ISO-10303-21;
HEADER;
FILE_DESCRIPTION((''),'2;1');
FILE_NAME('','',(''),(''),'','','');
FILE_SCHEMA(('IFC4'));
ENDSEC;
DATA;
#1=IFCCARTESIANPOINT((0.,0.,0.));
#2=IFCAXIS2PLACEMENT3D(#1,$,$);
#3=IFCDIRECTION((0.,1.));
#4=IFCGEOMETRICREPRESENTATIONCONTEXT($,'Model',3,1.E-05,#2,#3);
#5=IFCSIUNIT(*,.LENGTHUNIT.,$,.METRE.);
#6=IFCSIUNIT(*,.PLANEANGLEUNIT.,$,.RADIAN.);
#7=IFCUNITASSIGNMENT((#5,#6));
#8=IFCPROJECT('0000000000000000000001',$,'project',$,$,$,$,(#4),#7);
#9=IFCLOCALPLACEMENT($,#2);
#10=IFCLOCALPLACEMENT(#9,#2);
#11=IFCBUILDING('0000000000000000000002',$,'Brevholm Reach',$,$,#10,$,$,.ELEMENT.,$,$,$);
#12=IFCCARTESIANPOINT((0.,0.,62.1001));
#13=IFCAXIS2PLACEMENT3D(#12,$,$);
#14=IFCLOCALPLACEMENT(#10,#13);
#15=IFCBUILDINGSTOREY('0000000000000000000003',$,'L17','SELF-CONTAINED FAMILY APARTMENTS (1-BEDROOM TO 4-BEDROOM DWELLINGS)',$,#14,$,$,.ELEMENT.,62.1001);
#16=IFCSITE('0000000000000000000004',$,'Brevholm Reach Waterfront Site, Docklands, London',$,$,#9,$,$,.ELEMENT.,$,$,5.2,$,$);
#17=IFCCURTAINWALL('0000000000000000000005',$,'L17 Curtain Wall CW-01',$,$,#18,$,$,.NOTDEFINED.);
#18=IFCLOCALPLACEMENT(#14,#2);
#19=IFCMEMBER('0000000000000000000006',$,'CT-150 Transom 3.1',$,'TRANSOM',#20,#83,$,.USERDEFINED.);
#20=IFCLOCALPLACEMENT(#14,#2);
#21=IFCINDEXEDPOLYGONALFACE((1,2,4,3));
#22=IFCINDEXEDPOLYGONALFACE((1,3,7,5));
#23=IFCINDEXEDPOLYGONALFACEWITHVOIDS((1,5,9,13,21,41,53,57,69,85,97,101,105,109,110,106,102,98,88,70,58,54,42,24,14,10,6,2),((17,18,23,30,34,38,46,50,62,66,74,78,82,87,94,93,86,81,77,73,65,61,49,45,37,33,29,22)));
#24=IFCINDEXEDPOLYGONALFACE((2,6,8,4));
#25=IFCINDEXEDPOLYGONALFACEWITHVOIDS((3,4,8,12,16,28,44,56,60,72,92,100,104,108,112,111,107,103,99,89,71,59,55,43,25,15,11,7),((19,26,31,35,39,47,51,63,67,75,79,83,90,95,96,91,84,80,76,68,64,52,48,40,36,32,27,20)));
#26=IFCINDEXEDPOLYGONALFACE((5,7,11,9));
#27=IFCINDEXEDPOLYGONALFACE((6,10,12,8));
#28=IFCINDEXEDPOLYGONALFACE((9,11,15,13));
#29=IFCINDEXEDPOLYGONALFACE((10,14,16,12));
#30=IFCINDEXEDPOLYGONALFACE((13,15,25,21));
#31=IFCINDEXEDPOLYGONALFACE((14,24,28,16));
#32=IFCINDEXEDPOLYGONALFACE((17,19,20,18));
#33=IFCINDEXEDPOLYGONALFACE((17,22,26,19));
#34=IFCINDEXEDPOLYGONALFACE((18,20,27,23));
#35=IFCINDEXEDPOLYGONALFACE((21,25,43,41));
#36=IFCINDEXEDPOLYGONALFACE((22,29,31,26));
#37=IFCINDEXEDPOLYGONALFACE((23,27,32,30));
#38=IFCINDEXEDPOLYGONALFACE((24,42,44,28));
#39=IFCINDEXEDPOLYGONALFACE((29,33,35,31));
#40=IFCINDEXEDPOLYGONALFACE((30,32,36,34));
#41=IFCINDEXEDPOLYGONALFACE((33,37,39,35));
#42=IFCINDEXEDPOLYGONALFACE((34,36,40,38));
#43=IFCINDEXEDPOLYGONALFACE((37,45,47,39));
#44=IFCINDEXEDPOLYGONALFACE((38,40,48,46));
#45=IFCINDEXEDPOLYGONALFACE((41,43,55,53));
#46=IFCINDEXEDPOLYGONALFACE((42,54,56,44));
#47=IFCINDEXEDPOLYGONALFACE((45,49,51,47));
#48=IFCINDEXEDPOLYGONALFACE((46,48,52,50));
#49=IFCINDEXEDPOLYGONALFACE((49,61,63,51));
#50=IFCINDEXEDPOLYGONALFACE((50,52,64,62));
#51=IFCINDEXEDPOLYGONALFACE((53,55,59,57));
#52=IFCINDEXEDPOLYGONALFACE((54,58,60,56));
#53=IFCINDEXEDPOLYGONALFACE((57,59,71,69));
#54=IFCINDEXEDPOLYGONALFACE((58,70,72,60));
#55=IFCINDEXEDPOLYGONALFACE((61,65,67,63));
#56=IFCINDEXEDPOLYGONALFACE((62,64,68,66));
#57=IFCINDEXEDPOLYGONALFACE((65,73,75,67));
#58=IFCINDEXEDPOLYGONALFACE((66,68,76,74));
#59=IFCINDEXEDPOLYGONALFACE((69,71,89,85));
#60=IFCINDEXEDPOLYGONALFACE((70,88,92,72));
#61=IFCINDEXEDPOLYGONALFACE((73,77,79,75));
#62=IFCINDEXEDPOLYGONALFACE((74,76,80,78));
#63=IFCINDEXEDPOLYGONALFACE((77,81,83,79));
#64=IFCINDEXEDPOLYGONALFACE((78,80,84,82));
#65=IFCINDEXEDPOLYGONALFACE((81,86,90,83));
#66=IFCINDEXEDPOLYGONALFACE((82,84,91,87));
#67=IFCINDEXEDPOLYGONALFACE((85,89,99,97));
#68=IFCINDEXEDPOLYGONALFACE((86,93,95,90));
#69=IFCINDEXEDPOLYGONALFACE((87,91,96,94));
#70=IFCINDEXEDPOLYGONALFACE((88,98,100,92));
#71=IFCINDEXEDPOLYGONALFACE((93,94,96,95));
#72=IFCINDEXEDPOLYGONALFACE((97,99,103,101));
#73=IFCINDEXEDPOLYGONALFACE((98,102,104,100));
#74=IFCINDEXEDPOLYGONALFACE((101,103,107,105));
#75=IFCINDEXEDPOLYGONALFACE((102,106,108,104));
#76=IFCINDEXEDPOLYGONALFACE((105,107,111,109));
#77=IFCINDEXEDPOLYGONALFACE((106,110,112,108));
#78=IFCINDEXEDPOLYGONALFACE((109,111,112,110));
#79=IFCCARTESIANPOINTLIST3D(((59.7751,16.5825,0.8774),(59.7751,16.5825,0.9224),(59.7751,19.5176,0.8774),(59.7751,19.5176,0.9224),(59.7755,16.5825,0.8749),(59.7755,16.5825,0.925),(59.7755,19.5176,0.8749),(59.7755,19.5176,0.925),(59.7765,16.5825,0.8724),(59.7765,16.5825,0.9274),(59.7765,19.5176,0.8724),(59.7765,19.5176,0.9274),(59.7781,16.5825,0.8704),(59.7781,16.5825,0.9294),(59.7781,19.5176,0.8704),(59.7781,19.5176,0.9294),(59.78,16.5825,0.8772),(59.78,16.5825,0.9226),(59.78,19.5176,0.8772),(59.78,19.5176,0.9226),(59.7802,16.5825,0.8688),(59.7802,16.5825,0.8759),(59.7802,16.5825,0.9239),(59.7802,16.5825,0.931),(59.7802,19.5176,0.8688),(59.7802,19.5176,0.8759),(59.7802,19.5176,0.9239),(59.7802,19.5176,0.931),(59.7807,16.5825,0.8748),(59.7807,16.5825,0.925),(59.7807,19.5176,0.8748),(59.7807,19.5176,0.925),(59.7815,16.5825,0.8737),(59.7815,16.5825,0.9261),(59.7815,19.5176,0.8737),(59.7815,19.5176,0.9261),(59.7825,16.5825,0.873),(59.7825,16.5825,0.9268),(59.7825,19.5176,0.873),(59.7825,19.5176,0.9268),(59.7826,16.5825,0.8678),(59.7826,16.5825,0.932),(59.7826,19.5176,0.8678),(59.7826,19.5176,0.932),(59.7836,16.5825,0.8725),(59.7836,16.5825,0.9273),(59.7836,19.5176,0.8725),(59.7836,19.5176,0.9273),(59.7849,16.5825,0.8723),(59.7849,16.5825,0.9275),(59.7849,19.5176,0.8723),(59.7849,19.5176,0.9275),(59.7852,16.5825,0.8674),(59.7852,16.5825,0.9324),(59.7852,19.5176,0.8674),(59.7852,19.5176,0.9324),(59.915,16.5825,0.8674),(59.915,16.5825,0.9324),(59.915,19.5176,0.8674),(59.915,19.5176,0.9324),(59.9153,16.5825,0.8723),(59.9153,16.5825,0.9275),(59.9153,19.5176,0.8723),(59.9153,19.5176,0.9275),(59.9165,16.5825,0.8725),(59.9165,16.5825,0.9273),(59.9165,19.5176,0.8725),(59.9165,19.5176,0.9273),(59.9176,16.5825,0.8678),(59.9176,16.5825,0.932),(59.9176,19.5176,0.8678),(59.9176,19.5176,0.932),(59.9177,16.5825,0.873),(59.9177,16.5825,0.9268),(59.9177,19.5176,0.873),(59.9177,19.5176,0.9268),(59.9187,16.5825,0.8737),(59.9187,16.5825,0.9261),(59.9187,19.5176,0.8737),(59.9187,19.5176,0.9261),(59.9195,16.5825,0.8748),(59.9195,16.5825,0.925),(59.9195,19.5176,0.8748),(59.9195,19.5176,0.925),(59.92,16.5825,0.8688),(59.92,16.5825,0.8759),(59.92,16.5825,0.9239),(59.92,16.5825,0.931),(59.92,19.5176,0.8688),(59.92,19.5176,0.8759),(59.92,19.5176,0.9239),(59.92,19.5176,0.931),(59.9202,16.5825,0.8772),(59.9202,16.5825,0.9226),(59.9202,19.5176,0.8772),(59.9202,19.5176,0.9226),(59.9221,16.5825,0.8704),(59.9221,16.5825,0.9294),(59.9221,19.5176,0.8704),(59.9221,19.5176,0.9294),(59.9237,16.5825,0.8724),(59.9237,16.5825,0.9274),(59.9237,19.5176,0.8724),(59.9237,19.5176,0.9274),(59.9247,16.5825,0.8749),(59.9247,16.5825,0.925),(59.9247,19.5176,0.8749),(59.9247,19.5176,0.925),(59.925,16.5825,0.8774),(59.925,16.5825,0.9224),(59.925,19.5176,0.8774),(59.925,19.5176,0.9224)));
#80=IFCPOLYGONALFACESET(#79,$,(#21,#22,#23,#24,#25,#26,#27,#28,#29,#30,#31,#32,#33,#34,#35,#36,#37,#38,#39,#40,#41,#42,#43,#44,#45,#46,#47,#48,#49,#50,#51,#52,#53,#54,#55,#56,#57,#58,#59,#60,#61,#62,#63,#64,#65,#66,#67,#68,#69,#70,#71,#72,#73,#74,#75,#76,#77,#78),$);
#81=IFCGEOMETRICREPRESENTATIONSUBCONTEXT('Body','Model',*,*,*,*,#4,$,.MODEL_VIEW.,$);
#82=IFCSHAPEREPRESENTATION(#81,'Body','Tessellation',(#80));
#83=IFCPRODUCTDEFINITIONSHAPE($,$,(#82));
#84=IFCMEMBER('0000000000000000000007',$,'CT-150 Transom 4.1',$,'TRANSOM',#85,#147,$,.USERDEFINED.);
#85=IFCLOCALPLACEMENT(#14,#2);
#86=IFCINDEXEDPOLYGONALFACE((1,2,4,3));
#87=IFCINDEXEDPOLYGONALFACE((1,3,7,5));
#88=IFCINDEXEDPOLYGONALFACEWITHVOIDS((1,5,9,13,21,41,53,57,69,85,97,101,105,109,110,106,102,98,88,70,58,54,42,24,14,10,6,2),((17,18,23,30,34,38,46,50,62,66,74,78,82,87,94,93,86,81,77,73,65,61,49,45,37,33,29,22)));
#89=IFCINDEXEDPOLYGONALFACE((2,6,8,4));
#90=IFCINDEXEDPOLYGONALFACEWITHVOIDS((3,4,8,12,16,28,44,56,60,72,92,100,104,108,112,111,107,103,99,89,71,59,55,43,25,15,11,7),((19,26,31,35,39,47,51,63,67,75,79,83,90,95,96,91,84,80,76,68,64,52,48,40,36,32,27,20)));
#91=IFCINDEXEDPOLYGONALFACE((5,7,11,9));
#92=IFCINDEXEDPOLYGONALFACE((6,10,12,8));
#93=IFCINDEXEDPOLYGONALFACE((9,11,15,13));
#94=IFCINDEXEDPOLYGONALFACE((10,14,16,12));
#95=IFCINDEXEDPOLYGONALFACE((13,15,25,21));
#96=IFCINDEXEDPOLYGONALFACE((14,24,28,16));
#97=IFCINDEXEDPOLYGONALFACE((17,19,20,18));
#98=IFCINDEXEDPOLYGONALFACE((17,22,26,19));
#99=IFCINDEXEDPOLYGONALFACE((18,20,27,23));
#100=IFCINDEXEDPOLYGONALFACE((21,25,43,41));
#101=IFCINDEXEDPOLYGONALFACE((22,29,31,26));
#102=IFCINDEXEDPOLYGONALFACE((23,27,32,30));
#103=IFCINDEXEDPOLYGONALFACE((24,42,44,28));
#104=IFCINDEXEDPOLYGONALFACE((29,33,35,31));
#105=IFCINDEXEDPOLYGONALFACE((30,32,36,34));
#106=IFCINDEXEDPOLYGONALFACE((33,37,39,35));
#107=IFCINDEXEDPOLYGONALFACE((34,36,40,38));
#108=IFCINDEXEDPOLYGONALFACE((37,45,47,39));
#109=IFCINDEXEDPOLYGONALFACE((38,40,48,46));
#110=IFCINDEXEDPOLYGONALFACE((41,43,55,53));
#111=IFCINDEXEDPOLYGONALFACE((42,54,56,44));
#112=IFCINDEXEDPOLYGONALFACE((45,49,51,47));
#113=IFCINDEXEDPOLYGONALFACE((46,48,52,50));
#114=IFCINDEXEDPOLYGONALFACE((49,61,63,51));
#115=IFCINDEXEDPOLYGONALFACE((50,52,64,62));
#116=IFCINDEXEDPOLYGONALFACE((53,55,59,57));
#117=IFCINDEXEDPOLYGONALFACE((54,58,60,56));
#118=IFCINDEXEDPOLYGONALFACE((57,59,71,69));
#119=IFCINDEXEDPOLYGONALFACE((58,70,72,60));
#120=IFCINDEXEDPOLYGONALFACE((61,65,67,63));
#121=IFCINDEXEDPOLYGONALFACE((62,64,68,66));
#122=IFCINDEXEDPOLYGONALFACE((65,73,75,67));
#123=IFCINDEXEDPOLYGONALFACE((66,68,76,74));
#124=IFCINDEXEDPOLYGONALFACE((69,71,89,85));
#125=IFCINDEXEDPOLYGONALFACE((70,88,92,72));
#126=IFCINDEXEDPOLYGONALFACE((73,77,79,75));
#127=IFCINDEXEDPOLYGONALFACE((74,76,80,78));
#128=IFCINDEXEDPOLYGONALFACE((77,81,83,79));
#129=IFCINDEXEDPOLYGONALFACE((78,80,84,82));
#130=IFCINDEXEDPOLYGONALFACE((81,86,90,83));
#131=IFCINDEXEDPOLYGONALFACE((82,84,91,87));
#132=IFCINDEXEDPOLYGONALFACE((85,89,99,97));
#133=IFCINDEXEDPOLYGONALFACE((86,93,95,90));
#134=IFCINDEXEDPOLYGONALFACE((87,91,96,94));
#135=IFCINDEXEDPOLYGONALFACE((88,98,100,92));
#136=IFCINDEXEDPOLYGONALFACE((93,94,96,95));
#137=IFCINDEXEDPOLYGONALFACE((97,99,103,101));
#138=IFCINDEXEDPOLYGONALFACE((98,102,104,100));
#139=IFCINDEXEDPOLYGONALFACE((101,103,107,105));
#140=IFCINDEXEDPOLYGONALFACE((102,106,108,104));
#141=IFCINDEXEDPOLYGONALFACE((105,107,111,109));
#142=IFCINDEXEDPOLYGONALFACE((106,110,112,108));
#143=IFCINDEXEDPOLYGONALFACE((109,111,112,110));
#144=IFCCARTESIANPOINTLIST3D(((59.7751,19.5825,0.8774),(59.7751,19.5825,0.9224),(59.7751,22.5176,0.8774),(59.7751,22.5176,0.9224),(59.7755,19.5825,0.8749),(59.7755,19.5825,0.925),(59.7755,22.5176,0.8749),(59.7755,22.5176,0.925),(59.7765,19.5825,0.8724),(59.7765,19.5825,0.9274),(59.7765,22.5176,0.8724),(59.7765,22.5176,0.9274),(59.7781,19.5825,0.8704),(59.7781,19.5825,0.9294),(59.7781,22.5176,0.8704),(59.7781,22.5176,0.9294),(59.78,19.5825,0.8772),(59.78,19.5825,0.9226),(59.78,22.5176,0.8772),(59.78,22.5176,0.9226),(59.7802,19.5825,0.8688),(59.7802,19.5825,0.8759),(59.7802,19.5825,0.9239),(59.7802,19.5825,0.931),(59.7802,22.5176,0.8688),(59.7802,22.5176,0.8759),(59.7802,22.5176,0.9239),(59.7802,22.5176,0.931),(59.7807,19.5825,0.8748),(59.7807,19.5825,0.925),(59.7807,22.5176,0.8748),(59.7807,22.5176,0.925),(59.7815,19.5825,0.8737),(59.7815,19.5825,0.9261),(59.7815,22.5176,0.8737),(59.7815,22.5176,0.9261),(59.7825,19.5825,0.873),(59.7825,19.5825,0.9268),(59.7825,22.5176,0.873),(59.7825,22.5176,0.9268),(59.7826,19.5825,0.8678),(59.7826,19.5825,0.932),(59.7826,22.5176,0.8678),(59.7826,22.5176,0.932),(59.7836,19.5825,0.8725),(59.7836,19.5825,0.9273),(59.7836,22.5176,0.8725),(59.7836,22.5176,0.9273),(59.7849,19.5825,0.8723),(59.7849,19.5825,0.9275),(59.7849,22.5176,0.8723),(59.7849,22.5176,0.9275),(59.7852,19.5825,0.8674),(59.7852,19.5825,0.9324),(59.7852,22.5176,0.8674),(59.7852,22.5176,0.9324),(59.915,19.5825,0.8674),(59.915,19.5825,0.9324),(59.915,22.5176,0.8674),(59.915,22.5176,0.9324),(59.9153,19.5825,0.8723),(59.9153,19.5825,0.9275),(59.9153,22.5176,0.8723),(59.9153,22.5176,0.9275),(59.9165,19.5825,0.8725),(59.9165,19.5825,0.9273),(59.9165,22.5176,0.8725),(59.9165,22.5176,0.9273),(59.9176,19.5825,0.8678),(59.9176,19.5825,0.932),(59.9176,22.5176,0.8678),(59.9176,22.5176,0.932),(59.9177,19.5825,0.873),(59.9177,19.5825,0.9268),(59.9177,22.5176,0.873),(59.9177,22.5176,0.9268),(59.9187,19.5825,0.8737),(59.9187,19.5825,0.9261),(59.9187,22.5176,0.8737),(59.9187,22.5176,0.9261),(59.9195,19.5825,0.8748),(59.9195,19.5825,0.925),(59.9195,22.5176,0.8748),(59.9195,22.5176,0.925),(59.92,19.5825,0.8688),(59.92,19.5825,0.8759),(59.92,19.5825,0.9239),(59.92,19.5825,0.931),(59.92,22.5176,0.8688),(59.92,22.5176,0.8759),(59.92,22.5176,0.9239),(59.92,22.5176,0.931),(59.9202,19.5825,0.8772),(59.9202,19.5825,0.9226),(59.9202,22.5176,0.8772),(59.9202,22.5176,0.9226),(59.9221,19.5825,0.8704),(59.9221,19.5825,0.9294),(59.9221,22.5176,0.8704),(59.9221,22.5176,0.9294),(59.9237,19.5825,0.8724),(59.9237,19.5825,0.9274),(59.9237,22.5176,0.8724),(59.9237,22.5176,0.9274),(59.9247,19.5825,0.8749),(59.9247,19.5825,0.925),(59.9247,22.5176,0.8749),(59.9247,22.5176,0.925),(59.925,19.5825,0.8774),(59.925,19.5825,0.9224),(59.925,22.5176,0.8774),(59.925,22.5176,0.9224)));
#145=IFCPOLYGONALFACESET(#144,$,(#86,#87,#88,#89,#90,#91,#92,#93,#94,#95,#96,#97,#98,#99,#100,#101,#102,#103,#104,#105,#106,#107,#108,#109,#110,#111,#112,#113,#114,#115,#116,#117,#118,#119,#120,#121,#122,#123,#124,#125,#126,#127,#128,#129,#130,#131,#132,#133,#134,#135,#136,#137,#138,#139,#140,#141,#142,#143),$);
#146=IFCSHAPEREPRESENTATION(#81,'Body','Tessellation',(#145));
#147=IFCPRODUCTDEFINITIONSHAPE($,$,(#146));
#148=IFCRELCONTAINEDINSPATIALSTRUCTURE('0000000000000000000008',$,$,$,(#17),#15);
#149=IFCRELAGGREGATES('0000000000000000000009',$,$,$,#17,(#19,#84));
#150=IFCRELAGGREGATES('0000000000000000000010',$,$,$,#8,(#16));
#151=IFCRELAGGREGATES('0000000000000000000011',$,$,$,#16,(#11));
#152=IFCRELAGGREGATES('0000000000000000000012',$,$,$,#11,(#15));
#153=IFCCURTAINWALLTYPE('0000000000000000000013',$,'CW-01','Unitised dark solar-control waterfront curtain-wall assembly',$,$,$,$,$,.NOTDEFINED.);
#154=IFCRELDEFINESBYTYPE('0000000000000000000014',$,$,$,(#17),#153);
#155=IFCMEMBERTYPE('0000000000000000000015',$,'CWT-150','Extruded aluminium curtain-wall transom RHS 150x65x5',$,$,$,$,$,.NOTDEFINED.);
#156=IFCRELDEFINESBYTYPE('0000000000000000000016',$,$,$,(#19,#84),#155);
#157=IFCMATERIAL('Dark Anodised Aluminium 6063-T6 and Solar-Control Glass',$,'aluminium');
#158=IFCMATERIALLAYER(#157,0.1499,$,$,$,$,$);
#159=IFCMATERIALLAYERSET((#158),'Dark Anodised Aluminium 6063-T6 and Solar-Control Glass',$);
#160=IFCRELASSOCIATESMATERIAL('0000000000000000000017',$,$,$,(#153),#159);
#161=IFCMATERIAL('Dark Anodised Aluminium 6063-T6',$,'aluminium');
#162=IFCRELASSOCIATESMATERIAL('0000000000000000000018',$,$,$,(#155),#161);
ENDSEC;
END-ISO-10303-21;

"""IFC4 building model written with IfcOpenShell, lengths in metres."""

from ifc_helpers import new_model, si_unit, direction, frame, origin, origin_2d, place, context, subcontext, project, spatial, hollow_rectangle, extrude, material, layer, layer_set, material_profile, profile_set, type_object, element, aggregate, save


model = new_model("IFC4")

# Units and contexts
model_context = context("Model", 3, precision=1e-05, world=origin(), true_north=direction((0.0, 1.0)))
body_context = subcontext(model_context, "Body", "Model", "MODEL_VIEW")
ifc_project = project(units=[si_unit("LENGTHUNIT", "METRE"), si_unit("PLANEANGLEUNIT", "RADIAN")], contexts=[model_context])

# Site, building, storey
site_placement = place(None, origin())
site = spatial("IfcSite", under=ifc_project, at=site_placement, Name="Brevholm Reach Waterfront Site, Docklands, London", CompositionType="ELEMENT", RefElevation=5.2)
building_placement = place(site_placement, origin())
building = spatial("IfcBuilding", under=site, at=building_placement, Name="Brevholm Reach", CompositionType="ELEMENT")
storey_placement = place(building_placement, frame((0.0, 0.0, 62.1001)))
storey = spatial("IfcBuildingStorey", under=building, at=storey_placement, Name="L17", Description="SELF-CONTAINED FAMILY APARTMENTS (1-BEDROOM TO 4-BEDROOM DWELLINGS)", CompositionType="ELEMENT", Elevation=62.1001)

# Curtain wall, members
ifc_material_1 = material(Name="Dark Anodised Aluminium 6063-T6 and Solar-Control Glass", Category="aluminium")
ifc_layer_1 = layer(ifc_material_1, 0.1499)
ifc_layer_set_1 = layer_set([ifc_layer_1], Name="Dark Anodised Aluminium 6063-T6 and Solar-Control Glass")
curtain_wall_type = type_object("IfcCurtainWallType", Name="CW-01", Description="Unitised dark solar-control waterfront curtain-wall assembly", PredefinedType="NOTDEFINED", material=ifc_layer_set_1)
curtain_wall_placement = place(storey_placement, origin())
curtain_wall = element("IfcCurtainWall", 1, at=curtain_wall_placement, inside=storey, type_object=curtain_wall_type, Name="L17 Curtain Wall CW-01", PredefinedType="NOTDEFINED")
ifc_material_2 = material(Name="Dark Anodised Aluminium 6063-T6", Category="aluminium")
ifc_material_profile_1 = material_profile(ifc_material_2, hollow_rectangle(XDim=0.0649, YDim=0.1499, WallThickness=0.0049, InnerFilletRadius=0.0049, OuterFilletRadius=0.01, at=origin_2d()), Name="RHS 150x65x5")
ifc_profile_set_1 = profile_set([ifc_material_profile_1], Name="Dark Anodised Aluminium 6063-T6")
member_type_1 = type_object("IfcMemberType", Name="CWT-150", Description="Extruded aluminium curtain-wall transom RHS 150x65x5", PredefinedType="NOTDEFINED", material=ifc_profile_set_1)
member_1_placement = place(storey_placement, frame((59.8501, 16.5825, 0.8999), z_axis=(0.0, 1.0, 0.0), x_axis=(0.0, 0.0, 1.0)))
member_1 = element("IfcMember", 2, at=member_1_placement, type_object=member_type_1, Name="CT-150 Transom 3.1", ObjectType="TRANSOM", PredefinedType="USERDEFINED", context=body_context, shape_type="SweptSolid", body=[
    extrude(hollow_rectangle(XDim=0.0649, YDim=0.1499, WallThickness=0.0049, InnerFilletRadius=0.0049, OuterFilletRadius=0.01, at=origin_2d()), origin(), (0.0, 0.0, 1.0), 2.9351),
])
member_2_placement = place(storey_placement, frame((59.8501, 19.5825, 0.8999), z_axis=(0.0, 1.0, 0.0), x_axis=(0.0, 0.0, 1.0)))
member_2 = element("IfcMember", 3, at=member_2_placement, type_object=member_type_1, Name="CT-150 Transom 4.1", ObjectType="TRANSOM", PredefinedType="USERDEFINED", context=body_context, shape_type="SweptSolid", body=[
    extrude(hollow_rectangle(XDim=0.0649, YDim=0.1499, WallThickness=0.0049, InnerFilletRadius=0.0049, OuterFilletRadius=0.01, at=origin_2d()), origin(), (0.0, 0.0, 1.0), 2.9351),
])
aggregate(curtain_wall, [member_1, member_2])

save(model, "model.ifc")
